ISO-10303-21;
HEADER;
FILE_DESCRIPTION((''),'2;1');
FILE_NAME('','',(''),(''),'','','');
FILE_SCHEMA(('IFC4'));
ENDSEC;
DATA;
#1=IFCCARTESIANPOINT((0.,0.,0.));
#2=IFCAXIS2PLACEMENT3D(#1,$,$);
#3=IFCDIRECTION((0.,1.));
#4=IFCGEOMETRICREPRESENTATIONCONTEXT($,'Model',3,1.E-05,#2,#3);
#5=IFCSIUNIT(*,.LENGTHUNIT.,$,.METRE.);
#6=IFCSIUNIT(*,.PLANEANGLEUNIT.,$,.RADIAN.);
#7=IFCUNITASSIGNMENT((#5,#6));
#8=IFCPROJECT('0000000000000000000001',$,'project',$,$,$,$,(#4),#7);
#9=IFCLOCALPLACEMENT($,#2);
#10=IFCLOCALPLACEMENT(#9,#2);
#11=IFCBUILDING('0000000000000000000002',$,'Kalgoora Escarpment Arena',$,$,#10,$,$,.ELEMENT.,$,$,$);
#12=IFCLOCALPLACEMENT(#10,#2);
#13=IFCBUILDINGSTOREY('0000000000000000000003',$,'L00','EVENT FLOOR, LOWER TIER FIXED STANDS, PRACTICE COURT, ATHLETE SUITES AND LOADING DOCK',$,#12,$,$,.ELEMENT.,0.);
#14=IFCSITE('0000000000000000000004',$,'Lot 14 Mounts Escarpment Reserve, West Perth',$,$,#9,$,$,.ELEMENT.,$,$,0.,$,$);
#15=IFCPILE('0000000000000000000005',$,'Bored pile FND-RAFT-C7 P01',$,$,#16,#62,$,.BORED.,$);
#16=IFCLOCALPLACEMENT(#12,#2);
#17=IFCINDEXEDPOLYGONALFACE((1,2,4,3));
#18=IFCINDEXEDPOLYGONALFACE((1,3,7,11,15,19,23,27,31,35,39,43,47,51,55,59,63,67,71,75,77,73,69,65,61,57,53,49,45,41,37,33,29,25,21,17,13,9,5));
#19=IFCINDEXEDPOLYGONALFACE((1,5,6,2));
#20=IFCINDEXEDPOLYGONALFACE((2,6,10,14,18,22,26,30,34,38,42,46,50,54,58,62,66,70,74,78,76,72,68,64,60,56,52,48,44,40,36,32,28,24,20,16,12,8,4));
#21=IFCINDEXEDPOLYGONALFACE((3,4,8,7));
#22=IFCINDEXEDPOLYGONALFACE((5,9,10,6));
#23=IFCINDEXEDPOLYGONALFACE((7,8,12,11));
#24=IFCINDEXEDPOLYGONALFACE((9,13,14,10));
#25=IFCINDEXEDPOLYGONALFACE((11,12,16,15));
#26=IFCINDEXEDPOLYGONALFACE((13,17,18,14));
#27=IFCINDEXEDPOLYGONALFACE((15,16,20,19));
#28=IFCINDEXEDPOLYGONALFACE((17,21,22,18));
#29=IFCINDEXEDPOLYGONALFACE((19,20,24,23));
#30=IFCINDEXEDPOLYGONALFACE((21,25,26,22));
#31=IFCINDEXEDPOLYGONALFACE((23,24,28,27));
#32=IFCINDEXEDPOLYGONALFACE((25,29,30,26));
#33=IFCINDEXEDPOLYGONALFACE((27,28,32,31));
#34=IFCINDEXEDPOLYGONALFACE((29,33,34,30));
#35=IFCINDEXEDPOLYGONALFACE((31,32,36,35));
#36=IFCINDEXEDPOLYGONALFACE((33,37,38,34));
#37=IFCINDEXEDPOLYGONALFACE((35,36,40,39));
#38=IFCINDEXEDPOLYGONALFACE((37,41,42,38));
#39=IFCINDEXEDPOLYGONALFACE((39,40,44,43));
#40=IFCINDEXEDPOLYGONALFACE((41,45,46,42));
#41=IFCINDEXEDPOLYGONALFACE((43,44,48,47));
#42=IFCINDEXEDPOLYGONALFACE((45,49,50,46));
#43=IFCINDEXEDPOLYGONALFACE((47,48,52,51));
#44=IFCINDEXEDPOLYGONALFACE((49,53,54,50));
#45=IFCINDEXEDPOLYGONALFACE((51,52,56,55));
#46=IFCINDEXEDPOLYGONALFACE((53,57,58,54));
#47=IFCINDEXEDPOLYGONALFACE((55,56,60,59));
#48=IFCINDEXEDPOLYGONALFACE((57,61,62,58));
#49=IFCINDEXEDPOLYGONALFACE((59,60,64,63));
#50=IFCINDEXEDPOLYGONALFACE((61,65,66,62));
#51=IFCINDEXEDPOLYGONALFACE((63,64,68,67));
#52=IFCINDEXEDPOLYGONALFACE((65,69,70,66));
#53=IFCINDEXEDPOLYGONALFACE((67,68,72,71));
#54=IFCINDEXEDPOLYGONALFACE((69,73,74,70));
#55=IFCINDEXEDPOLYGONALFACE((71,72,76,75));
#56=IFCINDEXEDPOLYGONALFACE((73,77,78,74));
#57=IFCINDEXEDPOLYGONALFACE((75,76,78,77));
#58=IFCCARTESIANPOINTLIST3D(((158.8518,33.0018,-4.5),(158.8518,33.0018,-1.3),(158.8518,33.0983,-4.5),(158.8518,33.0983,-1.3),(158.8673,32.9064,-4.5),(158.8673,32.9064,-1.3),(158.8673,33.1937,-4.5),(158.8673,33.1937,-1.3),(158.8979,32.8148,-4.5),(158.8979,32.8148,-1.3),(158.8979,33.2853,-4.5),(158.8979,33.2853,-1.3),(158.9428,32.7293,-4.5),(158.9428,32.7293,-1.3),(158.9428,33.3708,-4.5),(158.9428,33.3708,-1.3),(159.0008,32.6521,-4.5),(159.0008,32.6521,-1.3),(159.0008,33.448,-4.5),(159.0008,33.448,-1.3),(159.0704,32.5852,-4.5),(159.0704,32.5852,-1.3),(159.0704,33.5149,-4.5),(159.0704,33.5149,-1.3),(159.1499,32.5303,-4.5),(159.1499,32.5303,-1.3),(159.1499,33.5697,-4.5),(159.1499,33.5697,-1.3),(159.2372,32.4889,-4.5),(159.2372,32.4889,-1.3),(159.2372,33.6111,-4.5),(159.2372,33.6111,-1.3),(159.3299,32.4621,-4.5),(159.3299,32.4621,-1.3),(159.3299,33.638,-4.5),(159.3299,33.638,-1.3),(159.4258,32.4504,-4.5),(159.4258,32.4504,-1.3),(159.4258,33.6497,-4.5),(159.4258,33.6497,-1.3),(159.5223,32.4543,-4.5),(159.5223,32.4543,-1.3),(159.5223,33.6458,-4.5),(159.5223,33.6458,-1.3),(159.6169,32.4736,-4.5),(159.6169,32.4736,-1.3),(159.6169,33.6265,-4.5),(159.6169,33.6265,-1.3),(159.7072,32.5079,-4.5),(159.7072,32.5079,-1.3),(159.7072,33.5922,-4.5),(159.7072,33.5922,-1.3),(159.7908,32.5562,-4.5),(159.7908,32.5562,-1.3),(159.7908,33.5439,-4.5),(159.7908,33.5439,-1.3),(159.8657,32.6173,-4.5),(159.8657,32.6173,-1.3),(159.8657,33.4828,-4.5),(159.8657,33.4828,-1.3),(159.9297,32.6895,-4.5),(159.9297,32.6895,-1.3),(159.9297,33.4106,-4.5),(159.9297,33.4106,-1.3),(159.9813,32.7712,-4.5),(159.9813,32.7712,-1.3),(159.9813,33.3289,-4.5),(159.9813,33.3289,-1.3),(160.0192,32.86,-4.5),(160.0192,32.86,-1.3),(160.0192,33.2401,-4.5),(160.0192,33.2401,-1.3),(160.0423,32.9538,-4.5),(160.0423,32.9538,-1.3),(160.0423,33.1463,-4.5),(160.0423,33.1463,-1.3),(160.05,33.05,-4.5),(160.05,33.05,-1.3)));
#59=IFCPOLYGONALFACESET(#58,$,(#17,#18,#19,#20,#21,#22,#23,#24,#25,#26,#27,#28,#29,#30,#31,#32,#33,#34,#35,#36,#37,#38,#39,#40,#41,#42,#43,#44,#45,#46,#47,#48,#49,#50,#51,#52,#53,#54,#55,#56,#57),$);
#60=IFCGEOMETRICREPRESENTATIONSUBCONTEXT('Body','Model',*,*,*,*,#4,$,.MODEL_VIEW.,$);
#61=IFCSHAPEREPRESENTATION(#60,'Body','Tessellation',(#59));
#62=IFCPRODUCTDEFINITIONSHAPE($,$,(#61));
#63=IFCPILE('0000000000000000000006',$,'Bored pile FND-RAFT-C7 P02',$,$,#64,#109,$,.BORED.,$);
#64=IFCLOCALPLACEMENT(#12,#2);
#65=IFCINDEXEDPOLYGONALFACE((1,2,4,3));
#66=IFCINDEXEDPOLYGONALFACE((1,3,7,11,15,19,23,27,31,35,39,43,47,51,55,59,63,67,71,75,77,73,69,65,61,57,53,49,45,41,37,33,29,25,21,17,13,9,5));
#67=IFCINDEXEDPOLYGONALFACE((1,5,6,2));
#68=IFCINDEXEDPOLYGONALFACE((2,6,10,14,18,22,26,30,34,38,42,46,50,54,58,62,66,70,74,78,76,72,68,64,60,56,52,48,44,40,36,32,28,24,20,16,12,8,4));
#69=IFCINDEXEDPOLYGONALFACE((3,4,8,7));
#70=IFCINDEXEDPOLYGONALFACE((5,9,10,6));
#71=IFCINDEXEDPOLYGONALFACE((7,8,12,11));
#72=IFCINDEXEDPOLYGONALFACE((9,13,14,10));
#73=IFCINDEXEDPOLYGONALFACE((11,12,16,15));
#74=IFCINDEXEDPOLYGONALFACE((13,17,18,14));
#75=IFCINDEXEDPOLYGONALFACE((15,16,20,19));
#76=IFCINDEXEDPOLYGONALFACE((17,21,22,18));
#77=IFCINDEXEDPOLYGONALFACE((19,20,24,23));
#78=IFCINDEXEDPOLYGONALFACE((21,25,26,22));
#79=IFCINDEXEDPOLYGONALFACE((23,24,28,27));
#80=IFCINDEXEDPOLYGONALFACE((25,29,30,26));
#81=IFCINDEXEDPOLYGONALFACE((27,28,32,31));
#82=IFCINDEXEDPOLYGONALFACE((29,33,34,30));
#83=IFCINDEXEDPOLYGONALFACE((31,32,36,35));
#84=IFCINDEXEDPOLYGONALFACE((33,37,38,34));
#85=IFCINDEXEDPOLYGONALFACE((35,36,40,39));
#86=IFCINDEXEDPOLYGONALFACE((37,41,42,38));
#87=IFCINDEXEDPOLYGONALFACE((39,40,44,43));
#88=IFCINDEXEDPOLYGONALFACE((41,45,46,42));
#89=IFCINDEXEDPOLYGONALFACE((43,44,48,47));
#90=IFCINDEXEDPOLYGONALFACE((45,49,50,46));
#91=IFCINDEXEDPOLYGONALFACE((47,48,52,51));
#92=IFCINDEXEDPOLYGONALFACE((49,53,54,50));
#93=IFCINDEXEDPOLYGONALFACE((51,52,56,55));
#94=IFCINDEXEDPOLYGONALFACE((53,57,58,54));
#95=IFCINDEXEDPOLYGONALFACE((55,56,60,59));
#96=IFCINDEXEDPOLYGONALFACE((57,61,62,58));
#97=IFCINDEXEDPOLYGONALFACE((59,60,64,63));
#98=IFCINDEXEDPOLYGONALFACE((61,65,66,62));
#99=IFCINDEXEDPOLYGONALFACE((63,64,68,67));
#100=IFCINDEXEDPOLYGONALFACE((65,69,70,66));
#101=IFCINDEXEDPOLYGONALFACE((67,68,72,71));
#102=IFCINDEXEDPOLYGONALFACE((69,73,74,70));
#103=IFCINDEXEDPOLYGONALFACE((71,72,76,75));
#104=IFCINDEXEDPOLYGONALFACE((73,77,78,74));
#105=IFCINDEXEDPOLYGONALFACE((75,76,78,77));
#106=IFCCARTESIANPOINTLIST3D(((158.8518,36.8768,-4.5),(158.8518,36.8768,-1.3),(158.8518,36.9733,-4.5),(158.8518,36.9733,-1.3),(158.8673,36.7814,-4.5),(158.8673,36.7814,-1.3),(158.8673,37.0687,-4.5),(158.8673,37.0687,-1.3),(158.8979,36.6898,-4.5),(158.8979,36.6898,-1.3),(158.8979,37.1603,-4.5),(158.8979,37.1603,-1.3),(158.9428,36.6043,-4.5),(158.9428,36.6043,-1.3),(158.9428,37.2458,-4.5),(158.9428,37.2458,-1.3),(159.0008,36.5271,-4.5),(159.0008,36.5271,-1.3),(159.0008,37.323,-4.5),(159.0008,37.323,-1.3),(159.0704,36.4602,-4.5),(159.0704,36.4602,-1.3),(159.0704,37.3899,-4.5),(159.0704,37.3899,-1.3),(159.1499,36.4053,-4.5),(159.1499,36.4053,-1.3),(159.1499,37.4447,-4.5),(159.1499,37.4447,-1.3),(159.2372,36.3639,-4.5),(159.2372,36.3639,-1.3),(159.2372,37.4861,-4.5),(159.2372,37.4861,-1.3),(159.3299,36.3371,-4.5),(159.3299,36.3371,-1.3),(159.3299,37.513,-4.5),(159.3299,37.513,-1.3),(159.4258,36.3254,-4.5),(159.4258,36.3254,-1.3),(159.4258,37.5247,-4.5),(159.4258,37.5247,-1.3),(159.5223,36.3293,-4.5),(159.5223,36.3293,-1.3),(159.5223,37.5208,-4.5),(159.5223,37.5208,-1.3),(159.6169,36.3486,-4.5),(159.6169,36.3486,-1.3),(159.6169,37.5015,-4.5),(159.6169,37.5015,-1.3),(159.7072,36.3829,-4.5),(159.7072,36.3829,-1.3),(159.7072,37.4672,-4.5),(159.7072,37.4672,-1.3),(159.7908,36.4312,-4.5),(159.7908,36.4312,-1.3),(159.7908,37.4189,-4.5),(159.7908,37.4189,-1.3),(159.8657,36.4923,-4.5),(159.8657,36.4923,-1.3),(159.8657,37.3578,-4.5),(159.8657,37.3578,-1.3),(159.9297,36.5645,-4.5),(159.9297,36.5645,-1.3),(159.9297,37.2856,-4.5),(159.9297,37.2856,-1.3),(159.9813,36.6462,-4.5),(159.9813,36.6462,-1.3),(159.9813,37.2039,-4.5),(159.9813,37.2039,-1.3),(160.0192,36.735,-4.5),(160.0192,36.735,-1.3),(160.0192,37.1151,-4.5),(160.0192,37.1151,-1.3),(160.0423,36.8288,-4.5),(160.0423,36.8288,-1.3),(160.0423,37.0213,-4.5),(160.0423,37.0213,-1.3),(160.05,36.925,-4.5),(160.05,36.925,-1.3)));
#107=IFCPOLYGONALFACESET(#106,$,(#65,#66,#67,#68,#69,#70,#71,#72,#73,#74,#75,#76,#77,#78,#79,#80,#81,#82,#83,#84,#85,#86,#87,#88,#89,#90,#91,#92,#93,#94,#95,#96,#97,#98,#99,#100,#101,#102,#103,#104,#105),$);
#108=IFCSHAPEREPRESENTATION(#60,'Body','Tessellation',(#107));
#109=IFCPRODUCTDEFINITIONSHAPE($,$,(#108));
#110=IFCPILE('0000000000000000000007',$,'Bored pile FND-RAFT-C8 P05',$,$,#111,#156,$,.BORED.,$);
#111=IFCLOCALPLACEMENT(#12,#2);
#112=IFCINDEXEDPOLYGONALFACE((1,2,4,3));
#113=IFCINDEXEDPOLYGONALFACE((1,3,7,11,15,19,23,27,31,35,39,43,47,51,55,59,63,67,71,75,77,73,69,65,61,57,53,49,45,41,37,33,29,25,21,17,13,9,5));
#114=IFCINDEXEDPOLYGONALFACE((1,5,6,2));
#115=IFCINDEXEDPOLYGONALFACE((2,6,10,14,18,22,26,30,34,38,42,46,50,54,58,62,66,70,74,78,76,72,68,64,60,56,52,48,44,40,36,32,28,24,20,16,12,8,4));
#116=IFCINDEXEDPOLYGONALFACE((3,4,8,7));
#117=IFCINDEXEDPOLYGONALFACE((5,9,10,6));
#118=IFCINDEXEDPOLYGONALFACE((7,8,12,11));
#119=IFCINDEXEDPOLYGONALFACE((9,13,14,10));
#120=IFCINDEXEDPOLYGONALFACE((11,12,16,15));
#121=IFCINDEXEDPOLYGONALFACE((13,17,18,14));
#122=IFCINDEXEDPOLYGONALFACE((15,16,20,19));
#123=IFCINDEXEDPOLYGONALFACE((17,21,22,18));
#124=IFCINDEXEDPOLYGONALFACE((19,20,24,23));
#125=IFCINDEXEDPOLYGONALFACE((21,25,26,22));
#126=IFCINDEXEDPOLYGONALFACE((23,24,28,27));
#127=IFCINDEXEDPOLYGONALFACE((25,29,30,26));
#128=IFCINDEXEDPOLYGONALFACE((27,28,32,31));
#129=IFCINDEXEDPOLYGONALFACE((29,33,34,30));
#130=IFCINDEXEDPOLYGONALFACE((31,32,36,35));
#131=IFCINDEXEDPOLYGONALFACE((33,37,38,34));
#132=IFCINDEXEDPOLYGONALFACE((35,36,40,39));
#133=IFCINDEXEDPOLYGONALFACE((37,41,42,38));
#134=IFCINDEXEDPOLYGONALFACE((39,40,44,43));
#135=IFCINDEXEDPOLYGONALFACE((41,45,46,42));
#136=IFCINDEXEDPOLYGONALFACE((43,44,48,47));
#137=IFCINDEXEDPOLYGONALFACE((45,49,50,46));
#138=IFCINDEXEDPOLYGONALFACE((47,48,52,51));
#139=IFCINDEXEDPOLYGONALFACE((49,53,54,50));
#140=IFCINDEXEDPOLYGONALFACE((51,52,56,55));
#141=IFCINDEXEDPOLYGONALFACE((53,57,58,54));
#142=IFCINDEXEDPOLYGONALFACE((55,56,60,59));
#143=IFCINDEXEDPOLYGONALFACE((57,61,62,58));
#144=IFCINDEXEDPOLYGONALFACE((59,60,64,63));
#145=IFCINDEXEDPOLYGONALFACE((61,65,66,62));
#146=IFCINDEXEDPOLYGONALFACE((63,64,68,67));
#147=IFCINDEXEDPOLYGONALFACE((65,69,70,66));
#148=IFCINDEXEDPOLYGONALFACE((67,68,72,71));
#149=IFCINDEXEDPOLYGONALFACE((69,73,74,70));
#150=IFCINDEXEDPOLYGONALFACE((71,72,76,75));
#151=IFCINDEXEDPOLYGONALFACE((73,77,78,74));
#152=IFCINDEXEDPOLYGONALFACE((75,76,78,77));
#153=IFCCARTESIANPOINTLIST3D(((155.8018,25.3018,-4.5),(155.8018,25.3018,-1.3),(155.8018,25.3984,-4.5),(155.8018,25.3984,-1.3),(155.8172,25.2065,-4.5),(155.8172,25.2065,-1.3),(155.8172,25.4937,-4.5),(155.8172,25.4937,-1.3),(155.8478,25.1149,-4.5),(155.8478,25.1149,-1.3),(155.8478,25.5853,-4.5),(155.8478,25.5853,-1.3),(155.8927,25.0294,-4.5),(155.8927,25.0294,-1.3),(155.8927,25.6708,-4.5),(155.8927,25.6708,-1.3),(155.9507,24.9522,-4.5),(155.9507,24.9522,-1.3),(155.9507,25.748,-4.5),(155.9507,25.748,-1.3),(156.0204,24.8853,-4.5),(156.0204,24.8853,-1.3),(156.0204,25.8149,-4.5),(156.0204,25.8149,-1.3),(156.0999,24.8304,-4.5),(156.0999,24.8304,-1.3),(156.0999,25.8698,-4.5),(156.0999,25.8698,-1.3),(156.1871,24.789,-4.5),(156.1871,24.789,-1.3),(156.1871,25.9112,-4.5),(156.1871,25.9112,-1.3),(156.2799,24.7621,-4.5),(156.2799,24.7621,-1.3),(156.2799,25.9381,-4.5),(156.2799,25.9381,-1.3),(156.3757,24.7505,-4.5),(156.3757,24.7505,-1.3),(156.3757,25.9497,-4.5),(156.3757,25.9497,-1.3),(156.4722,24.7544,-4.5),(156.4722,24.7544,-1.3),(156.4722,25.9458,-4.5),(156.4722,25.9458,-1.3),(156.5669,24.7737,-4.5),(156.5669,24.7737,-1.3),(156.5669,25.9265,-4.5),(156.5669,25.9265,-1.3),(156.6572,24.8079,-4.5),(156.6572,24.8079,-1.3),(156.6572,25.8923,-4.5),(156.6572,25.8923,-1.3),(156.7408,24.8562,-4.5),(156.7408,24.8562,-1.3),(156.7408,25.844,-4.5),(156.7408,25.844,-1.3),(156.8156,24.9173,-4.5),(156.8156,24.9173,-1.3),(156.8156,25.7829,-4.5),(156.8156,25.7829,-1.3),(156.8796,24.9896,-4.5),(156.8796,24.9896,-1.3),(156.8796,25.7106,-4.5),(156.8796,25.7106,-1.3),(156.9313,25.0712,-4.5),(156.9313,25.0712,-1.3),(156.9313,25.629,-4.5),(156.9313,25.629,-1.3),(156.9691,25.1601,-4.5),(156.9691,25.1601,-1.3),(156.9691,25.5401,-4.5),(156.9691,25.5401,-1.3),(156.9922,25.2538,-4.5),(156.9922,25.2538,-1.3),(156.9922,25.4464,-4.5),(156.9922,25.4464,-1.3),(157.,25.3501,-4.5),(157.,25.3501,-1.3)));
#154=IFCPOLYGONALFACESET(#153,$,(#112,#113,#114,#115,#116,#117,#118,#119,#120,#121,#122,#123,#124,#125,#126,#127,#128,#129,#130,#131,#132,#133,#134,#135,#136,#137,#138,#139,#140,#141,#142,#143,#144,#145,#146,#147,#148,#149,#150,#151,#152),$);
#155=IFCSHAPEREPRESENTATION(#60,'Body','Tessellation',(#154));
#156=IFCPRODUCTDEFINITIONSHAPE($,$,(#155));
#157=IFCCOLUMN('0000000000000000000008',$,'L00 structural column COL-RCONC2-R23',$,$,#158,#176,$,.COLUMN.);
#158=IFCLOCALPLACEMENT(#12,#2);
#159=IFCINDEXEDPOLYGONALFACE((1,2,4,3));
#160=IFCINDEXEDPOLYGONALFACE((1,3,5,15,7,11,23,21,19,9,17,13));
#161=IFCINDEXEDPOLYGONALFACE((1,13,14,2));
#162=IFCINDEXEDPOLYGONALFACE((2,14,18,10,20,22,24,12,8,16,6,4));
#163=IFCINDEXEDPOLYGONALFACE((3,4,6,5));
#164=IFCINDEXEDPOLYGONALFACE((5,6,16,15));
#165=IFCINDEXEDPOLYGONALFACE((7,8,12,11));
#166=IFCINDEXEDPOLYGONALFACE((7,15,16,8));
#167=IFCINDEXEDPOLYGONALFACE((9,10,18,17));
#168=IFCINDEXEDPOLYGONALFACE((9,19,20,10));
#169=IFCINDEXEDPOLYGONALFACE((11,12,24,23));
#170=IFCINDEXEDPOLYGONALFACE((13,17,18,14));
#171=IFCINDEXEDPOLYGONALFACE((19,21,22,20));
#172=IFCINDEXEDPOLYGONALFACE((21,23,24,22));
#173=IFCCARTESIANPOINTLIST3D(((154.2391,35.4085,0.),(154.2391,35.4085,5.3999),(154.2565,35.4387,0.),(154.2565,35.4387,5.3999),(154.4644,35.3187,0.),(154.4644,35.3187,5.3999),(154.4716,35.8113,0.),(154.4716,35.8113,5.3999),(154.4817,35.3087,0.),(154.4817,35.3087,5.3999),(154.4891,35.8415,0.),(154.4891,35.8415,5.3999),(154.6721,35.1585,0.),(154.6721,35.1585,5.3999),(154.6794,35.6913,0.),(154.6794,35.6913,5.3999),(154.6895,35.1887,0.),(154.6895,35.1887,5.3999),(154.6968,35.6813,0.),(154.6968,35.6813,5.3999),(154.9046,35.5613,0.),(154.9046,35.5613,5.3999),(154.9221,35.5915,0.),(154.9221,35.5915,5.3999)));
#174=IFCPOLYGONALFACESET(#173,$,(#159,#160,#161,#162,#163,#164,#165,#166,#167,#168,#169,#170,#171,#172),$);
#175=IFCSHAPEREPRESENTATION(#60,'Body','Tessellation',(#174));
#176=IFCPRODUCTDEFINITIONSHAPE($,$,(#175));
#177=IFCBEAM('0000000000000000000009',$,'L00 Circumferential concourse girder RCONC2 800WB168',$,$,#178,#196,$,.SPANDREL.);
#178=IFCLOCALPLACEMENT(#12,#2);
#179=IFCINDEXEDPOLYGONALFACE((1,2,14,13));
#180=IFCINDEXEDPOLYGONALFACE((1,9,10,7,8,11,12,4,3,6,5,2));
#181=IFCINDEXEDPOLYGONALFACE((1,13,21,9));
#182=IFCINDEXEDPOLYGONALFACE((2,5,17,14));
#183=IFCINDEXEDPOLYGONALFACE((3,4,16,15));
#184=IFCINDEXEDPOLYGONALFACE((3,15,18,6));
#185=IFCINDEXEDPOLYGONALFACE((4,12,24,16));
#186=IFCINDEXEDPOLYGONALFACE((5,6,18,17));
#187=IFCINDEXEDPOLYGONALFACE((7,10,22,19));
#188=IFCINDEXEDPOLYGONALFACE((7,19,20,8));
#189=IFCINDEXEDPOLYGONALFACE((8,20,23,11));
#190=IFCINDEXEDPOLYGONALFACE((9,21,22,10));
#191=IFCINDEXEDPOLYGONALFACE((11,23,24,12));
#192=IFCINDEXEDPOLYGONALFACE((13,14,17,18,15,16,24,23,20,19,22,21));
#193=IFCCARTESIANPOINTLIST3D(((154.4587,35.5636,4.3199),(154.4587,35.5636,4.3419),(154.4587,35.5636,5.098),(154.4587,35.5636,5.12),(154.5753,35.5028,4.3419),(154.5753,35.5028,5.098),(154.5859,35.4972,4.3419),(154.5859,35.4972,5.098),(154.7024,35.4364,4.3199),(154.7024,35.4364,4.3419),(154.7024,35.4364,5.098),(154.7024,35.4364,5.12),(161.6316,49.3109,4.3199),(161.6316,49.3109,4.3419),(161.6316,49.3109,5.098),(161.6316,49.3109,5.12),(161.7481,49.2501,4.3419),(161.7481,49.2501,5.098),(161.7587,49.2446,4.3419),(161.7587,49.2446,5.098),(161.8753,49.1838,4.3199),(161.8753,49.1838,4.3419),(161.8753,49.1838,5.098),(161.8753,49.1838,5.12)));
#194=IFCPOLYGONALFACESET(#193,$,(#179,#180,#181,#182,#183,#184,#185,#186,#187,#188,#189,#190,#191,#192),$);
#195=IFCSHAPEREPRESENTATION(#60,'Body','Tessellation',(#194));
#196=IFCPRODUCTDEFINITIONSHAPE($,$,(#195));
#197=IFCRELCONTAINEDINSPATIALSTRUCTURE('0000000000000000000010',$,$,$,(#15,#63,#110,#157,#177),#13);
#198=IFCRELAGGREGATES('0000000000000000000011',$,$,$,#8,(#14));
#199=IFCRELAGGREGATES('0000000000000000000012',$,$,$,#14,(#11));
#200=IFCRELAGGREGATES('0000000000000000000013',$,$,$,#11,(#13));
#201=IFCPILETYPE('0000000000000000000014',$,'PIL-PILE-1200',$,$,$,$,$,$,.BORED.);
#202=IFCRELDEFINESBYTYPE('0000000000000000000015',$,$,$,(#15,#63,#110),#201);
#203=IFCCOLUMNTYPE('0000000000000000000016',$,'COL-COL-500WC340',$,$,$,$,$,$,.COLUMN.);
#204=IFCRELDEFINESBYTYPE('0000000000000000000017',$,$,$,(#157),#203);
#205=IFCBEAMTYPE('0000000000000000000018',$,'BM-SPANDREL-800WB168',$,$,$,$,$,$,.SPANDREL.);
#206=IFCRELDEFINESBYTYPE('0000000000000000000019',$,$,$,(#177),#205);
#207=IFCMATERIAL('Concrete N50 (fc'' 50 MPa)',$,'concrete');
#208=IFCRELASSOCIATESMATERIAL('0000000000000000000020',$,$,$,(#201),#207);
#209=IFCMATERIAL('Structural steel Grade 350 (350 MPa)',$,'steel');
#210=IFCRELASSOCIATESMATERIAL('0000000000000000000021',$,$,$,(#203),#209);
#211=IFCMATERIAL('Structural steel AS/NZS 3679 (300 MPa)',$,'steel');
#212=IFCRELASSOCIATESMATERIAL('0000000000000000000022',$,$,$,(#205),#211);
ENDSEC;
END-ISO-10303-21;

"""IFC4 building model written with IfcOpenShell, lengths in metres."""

from ifc_helpers import new_model, si_unit, direction, frame, origin, origin_2d, place, context, subcontext, project, spatial, circle, i_section, extrude, material, material_profile, profile_set, type_object, element, save


model = new_model("IFC4")

# Units and contexts
model_context = context("Model", 3, precision=1e-05, world=origin(), true_north=direction((0.0, 1.0)))
body_context = subcontext(model_context, "Body", "Model", "MODEL_VIEW")
ifc_project = project(units=[si_unit("LENGTHUNIT", "METRE"), si_unit("PLANEANGLEUNIT", "RADIAN")], contexts=[model_context])

# Site, building, storey
site_placement = place(None, origin())
site = spatial("IfcSite", under=ifc_project, at=site_placement, Name="Lot 14 Mounts Escarpment Reserve, West Perth", CompositionType="ELEMENT", RefElevation=0.0)
building_placement = place(site_placement, origin())
building = spatial("IfcBuilding", under=site, at=building_placement, Name="Kalgoora Escarpment Arena", CompositionType="ELEMENT")
storey_placement = place(building_placement, origin())
storey = spatial("IfcBuildingStorey", under=building, at=storey_placement, Name="L00", Description="EVENT FLOOR, LOWER TIER FIXED STANDS, PRACTICE COURT, ATHLETE SUITES AND LOADING DOCK", CompositionType="ELEMENT", Elevation=0.0)

# Piles
ifc_material_1 = material(Name="Concrete N50 (fc' 50 MPa)", Category="concrete")
ifc_material_profile_1 = material_profile(ifc_material_1, circle(Radius=0.6001, at=origin_2d()))
ifc_profile_set_1 = profile_set([ifc_material_profile_1], Name="Concrete N50 (fc' 50 MPa)")
pile_type_1 = type_object("IfcPileType", Name="PIL-PILE-1200", PredefinedType="BORED", material=ifc_profile_set_1)
for number, where, z_axis, x_axis, name in (
    (1, (159.45, 33.05, -1.3), (0.0, 0.0, -1.0), (1.0, 0.0, 0.0), "Bored pile FND-RAFT-C7 P01"),
    (2, (159.45, 36.925, -1.3), (0.0, 0.0, -1.0), (1.0, 0.0, 0.0), "Bored pile FND-RAFT-C7 P02"),
    (3, (156.3999, 25.3501, -1.3), (0.0, 0.0, -1.0), (1.0, 0.0, 0.0), "Bored pile FND-RAFT-C8 P05"),
):
    element("IfcPile", number, at=place(storey_placement, frame(where, z_axis=z_axis, x_axis=x_axis)), inside=storey, type_object=pile_type_1, Name=name, PredefinedType="BORED", context=body_context, shape_type="SweptSolid", body=[
        extrude(circle(Radius=0.6001, at=origin_2d()), origin(), (0.0, 0.0, 1.0), 3.2),
    ])

# Column
ifc_material_2 = material(Name="Structural steel Grade 350 (350 MPa)", Category="steel")
ifc_material_profile_2 = material_profile(ifc_material_2, i_section(OverallWidth=0.5, OverallDepth=0.5, WebThickness=0.02, FlangeThickness=0.0349, at=origin_2d()))
ifc_profile_set_2 = profile_set([ifc_material_profile_2], Name="Structural steel Grade 350 (350 MPa)")
column_type = type_object("IfcColumnType", Name="COL-COL-500WC340", PredefinedType="COLUMN", material=ifc_profile_set_2)
column_placement = place(storey_placement, frame((154.5806, 35.5, 0.0), z_axis=(0.0, 0.0, 1.0), x_axis=(0.866025, -0.5, 0.0)))
element("IfcColumn", 4, at=column_placement, inside=storey, type_object=column_type, Name="L00 structural column COL-RCONC2-R23", PredefinedType="COLUMN", context=body_context, shape_type="SweptSolid", body=[
    extrude(i_section(OverallWidth=0.5, OverallDepth=0.5, WebThickness=0.02, FlangeThickness=0.0349, at=origin_2d()), origin(), (0.0, 0.0, 1.0), 5.3999),
])

# Beam
ifc_material_3 = material(Name="Structural steel AS/NZS 3679 (300 MPa)", Category="steel")
ifc_material_profile_3 = material_profile(ifc_material_3, i_section(OverallWidth=0.2749, OverallDepth=0.8, WebThickness=0.012, FlangeThickness=0.022, at=origin_2d()))
ifc_profile_set_3 = profile_set([ifc_material_profile_3], Name="Structural steel AS/NZS 3679 (300 MPa)")
beam_type = type_object("IfcBeamType", Name="BM-SPANDREL-800WB168", PredefinedType="SPANDREL", material=ifc_profile_set_3)
beam_placement = place(storey_placement, frame((154.5806, 35.5, 4.72), z_axis=(0.462583, 0.886576, 0.0), x_axis=(-0.886576, 0.462583, 0.0)))
element("IfcBeam", 5, at=beam_placement, inside=storey, type_object=beam_type, Name="L00 Circumferential concourse girder RCONC2 800WB168", PredefinedType="SPANDREL", context=body_context, shape_type="SweptSolid", body=[
    extrude(i_section(OverallWidth=0.2749, OverallDepth=0.8, WebThickness=0.012, FlangeThickness=0.022, at=origin_2d()), origin(), (0.0, 0.0, 1.0), 15.5061),
])

save(model, "model.ifc")
